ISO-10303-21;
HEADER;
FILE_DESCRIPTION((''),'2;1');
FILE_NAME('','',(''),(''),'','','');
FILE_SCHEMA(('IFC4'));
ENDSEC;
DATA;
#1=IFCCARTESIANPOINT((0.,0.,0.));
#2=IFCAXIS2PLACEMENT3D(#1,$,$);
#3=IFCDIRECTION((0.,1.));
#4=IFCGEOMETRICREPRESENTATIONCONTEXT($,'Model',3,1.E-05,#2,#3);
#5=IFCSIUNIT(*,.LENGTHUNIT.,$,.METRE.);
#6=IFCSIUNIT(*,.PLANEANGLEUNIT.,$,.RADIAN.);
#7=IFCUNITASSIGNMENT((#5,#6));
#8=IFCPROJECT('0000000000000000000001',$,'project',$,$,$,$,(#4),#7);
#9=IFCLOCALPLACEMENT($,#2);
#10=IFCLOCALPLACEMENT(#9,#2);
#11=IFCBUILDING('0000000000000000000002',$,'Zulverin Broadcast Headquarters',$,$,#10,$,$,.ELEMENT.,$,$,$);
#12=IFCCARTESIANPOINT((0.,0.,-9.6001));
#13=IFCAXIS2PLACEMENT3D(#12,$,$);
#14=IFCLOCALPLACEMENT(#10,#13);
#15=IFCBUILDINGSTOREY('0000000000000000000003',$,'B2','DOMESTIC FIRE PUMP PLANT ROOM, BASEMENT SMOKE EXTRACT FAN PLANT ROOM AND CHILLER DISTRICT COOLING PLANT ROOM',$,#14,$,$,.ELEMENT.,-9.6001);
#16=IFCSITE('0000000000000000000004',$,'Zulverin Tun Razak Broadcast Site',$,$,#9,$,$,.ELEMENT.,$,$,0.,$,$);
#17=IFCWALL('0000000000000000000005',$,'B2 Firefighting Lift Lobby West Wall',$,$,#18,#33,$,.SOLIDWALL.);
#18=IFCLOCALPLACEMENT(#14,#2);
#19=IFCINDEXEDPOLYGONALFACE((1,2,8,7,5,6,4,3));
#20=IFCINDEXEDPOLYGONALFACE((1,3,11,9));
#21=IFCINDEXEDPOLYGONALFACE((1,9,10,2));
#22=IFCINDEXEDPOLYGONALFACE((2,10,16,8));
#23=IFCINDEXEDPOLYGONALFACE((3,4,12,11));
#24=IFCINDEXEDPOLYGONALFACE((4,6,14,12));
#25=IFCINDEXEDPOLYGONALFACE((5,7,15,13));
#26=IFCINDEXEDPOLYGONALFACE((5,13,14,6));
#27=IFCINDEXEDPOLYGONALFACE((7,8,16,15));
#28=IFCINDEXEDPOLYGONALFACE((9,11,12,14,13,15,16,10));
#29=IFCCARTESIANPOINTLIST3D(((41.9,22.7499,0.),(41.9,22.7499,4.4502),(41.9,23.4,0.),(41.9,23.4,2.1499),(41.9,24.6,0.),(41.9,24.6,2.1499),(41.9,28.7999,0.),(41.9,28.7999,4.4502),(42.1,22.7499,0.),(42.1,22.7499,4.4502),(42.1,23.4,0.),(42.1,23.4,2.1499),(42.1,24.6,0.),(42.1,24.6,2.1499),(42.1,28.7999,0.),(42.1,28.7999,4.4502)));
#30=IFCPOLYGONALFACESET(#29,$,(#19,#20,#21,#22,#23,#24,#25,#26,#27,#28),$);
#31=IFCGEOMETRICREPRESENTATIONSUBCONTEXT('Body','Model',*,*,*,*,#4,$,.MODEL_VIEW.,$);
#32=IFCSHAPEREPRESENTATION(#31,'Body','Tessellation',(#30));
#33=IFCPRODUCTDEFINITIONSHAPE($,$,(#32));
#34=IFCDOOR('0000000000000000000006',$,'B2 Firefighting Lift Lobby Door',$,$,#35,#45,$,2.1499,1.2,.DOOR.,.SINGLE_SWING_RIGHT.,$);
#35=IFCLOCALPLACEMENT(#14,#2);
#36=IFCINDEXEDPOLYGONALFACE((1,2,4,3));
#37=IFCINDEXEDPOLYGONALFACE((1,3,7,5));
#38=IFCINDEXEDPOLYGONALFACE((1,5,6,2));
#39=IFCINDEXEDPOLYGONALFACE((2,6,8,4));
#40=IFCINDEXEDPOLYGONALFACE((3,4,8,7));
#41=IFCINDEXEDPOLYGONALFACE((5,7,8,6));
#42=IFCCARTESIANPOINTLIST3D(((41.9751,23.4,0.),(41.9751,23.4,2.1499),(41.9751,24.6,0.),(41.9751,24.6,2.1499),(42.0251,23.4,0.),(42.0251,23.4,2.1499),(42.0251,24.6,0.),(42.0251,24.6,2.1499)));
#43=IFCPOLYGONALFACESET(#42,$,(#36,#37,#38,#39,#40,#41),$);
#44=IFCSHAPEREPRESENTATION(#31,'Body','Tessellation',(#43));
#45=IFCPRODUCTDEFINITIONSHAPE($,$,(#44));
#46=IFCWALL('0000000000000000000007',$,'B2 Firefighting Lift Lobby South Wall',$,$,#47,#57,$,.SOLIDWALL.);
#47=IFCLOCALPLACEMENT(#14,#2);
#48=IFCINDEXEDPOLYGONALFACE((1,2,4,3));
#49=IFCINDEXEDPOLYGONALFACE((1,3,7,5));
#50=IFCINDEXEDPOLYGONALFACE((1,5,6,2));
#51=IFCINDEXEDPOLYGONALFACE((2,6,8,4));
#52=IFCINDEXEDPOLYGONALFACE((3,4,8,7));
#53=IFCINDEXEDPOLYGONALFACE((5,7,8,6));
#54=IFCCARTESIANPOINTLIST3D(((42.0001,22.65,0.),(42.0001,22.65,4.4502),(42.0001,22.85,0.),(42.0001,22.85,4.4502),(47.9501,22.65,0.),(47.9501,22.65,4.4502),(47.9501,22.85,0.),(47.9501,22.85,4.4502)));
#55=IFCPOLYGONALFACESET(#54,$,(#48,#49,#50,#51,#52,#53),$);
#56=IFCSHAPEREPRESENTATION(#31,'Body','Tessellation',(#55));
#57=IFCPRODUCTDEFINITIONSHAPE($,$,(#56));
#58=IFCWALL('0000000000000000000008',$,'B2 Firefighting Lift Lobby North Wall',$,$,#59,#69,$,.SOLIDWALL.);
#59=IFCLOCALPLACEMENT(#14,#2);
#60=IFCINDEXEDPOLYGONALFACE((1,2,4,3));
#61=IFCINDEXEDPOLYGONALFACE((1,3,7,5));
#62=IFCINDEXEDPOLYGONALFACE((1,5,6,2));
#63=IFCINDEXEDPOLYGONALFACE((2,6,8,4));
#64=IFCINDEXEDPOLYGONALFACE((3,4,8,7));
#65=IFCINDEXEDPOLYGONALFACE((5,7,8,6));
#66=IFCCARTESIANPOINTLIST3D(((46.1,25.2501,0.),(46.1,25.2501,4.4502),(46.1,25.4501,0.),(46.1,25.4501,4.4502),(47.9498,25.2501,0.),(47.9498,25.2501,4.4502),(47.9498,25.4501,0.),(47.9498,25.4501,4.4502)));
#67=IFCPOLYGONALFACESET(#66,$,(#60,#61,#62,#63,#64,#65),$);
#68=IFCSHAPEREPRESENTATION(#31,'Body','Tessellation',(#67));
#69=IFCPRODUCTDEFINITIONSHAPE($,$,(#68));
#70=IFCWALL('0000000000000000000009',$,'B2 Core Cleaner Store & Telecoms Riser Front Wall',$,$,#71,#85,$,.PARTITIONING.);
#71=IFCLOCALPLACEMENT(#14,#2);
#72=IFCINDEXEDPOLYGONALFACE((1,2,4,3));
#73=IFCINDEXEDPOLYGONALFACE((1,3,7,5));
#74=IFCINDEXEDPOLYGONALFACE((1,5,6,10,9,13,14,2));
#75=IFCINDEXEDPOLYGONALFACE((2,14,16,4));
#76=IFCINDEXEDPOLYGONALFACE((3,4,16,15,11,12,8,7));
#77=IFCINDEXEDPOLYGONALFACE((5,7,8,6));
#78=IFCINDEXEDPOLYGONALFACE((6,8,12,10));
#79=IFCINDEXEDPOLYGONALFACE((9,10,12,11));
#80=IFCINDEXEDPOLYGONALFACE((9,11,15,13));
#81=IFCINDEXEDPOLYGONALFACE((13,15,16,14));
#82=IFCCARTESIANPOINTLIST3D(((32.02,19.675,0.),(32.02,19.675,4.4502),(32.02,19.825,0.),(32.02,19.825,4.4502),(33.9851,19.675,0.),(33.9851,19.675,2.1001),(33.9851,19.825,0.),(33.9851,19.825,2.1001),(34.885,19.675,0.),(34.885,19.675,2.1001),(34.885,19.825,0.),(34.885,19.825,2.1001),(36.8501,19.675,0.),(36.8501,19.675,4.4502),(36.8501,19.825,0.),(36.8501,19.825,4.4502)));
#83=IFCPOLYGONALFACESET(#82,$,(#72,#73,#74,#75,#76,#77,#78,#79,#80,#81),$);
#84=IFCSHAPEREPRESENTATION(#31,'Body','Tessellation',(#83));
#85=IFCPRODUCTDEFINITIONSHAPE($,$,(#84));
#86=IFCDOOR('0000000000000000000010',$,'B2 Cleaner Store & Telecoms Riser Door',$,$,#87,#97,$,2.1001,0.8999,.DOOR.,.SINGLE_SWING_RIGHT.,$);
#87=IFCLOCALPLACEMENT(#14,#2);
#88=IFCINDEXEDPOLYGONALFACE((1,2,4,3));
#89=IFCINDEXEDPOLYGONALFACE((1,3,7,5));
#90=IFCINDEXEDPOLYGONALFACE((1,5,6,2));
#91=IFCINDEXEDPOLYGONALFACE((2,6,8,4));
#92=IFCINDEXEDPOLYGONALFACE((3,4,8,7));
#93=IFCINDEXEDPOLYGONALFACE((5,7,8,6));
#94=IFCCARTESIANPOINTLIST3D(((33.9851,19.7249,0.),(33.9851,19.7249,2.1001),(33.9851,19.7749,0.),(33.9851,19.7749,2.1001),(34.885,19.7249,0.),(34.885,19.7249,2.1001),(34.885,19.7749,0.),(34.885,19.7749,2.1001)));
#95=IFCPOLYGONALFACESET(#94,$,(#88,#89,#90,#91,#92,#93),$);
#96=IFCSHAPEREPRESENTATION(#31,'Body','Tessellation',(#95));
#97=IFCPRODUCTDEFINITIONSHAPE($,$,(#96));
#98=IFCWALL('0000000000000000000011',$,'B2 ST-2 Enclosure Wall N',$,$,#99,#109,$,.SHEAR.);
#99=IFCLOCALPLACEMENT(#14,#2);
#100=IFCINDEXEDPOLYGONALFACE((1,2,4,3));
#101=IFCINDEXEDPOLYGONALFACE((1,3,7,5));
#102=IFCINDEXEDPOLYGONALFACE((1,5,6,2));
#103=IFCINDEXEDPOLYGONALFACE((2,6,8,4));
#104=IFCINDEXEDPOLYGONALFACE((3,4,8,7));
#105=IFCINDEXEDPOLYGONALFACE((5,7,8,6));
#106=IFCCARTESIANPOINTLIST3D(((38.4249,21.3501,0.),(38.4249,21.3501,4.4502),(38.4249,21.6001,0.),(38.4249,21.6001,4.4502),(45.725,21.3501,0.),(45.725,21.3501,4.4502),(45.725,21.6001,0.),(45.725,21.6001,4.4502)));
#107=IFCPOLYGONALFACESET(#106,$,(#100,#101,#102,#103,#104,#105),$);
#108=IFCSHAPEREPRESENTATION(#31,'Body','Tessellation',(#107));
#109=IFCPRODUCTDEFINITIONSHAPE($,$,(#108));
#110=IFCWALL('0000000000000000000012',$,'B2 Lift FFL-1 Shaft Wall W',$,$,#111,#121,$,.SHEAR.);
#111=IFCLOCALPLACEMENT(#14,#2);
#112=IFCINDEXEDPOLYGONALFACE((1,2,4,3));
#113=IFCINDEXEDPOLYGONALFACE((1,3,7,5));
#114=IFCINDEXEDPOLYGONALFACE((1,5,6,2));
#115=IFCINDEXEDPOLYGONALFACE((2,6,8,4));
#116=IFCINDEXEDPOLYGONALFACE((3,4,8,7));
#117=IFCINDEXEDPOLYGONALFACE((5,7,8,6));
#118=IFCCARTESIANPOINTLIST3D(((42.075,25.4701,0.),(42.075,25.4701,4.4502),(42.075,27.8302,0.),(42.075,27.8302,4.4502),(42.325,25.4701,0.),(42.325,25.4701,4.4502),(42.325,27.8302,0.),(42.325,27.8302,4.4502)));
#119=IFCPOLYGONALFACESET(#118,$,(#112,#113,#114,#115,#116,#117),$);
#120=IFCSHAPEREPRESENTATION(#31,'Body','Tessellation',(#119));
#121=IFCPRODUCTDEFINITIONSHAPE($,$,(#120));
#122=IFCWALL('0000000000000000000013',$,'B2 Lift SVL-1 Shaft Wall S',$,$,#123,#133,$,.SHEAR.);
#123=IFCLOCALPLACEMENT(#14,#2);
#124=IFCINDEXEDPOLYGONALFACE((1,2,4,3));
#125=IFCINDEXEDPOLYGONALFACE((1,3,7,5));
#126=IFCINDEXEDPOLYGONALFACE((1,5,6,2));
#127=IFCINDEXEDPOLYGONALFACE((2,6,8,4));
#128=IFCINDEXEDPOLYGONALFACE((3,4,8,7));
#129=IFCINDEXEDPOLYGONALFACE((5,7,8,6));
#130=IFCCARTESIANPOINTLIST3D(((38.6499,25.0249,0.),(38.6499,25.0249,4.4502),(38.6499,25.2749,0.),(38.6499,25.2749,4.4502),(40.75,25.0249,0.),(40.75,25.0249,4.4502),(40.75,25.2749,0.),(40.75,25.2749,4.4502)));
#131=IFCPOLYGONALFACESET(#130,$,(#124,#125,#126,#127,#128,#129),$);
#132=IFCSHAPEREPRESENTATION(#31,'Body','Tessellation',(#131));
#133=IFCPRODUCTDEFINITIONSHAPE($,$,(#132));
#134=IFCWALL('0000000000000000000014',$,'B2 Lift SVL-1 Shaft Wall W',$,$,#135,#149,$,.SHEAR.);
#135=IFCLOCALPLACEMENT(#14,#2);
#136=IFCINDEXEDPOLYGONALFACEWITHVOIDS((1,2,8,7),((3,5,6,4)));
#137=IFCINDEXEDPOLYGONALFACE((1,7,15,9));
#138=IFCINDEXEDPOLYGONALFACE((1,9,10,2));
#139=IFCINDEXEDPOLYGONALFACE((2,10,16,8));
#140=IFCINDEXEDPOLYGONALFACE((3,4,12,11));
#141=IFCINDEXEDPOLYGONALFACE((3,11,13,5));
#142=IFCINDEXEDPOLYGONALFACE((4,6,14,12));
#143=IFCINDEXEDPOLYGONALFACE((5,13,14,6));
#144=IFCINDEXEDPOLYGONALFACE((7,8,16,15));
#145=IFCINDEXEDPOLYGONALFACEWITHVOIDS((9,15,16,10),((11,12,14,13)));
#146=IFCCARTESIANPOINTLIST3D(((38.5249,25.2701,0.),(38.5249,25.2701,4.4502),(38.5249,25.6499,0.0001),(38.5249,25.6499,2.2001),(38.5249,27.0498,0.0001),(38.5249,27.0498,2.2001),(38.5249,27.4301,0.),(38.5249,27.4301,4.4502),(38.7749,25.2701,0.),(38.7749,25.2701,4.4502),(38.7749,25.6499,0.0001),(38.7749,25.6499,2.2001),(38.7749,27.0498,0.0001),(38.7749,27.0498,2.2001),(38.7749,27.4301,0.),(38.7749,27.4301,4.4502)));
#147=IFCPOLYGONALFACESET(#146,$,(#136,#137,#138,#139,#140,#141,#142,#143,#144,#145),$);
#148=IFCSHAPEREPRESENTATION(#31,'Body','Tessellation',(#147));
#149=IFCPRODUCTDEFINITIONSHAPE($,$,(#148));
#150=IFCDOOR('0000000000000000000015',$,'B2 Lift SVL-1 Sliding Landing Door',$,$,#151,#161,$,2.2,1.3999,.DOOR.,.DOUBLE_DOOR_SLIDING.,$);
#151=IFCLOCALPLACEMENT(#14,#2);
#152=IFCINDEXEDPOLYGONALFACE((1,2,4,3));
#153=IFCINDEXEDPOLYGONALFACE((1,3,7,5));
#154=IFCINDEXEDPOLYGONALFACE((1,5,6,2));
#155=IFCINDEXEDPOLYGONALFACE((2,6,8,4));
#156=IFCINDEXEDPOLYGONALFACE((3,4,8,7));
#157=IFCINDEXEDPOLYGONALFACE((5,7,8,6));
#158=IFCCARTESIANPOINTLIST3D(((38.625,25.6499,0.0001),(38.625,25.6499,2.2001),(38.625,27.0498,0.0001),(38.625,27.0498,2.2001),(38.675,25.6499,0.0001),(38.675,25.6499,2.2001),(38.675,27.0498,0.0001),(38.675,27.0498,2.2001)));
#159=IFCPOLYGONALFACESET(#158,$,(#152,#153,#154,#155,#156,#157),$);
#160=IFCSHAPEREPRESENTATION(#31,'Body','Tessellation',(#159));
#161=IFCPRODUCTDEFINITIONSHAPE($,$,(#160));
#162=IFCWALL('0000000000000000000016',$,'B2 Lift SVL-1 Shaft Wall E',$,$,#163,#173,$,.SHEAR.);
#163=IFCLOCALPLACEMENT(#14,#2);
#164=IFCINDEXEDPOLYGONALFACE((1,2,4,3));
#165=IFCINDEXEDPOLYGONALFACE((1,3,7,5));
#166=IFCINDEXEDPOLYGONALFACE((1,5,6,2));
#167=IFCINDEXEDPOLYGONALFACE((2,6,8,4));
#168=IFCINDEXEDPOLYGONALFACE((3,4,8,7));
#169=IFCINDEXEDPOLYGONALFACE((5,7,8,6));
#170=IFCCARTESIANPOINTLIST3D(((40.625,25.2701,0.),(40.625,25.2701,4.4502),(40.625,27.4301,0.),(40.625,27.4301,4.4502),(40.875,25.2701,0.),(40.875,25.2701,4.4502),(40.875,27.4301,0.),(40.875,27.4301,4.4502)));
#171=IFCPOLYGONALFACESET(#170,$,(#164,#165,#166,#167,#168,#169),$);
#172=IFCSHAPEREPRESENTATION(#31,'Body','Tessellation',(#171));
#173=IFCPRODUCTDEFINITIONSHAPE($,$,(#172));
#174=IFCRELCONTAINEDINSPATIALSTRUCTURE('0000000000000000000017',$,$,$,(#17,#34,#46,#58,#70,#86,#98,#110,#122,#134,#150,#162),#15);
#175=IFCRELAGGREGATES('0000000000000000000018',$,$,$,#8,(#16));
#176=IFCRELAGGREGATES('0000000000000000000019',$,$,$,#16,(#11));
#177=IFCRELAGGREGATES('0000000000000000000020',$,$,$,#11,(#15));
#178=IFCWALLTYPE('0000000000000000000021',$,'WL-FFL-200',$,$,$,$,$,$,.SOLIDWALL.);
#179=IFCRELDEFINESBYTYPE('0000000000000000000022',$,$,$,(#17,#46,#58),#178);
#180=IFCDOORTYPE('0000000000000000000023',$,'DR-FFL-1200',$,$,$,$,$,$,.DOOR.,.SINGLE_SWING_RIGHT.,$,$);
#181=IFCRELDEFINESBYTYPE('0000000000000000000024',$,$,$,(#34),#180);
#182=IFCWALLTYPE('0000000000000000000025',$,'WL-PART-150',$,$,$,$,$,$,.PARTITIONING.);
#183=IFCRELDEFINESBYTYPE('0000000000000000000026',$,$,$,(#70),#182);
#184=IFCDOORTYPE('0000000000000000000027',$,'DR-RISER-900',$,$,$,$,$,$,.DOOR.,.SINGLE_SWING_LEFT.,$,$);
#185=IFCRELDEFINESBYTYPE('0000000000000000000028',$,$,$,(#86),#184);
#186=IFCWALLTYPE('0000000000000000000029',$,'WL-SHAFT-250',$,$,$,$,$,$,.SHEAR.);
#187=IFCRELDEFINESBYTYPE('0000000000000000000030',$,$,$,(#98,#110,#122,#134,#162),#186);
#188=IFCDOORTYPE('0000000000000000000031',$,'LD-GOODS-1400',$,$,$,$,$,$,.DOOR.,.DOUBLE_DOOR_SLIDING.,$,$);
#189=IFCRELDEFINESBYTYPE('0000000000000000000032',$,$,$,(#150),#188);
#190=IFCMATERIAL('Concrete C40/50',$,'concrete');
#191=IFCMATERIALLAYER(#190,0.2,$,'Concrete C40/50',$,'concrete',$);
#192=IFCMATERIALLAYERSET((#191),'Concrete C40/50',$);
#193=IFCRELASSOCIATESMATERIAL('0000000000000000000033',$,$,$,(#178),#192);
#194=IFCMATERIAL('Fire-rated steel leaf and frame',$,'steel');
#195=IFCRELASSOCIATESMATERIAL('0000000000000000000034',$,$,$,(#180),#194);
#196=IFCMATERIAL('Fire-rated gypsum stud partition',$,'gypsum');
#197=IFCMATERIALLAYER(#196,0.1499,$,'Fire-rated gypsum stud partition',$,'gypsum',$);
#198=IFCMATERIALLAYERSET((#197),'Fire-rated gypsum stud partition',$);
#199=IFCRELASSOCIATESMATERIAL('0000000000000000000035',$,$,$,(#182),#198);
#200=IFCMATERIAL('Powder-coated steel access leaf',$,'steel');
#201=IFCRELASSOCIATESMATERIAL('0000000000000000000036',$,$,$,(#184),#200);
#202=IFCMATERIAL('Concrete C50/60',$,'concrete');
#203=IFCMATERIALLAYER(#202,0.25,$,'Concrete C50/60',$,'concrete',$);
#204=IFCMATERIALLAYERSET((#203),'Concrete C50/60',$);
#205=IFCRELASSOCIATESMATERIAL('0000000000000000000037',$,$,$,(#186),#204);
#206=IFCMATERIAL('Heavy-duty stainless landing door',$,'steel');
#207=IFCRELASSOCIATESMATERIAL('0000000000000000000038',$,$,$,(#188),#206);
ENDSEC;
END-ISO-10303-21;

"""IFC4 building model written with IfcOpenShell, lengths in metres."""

from ifc_helpers import new_model, si_unit, direction, frame, frame_2d, origin, place, context, subcontext, project, spatial, rectangle, extrude, material, layer, layer_set, type_object, element, fill, save


model = new_model("IFC4")

# Units and contexts
model_context = context("Model", 3, precision=1e-05, world=origin(), true_north=direction((0.0, 1.0)))
body_context = subcontext(model_context, "Body", "Model", "MODEL_VIEW")
ifc_project = project(units=[si_unit("LENGTHUNIT", "METRE"), si_unit("PLANEANGLEUNIT", "RADIAN")], contexts=[model_context])

# Site, building, storey
site_placement = place(None, origin())
site = spatial("IfcSite", under=ifc_project, at=site_placement, Name="Zulverin Tun Razak Broadcast Site", CompositionType="ELEMENT", RefElevation=0.0)
building_placement = place(site_placement, origin())
building = spatial("IfcBuilding", under=site, at=building_placement, Name="Zulverin Broadcast Headquarters", CompositionType="ELEMENT")
storey_placement = place(building_placement, frame((0.0, 0.0, -9.6001)))
storey = spatial("IfcBuildingStorey", under=building, at=storey_placement, Name="B2", Description="DOMESTIC FIRE PUMP PLANT ROOM, BASEMENT SMOKE EXTRACT FAN PLANT ROOM AND CHILLER DISTRICT COOLING PLANT ROOM", CompositionType="ELEMENT", Elevation=-9.6001)

# Shared definitions
ifc_material_1 = material(Name="Concrete C50/60", Category="concrete")

# Wall, opening, door
ifc_material_2 = material(Name="Concrete C40/50", Category="concrete")
ifc_layer_1 = layer(ifc_material_2, 0.2, Name="Concrete C40/50", Category="concrete")
ifc_layer_set_1 = layer_set([ifc_layer_1], Name="Concrete C40/50")
wall_type_1 = type_object("IfcWallType", Name="WL-FFL-200", PredefinedType="SOLIDWALL", material=ifc_layer_set_1)
wall_1_placement = place(storey_placement, frame((42.0, 22.75, 0.0), z_axis=(0.0, 0.0, 1.0), x_axis=(0.0, 1.0, 0.0)))
wall_1 = element("IfcWall", 1, at=wall_1_placement, inside=storey, type_object=wall_type_1, Name="B2 Firefighting Lift Lobby West Wall", PredefinedType="SOLIDWALL", context=body_context, shape_type="SweptSolid", body=[
    extrude(rectangle(XDim=6.05, YDim=0.2, at=frame_2d((3.0249, 0.0))), origin(), (0.0, 0.0, 1.0), 4.4502),
])
opening_1_placement = place(wall_1_placement, frame((0.6499, 0.0, 0.0)))
opening_1 = element("IfcOpeningElement", 2, at=opening_1_placement, cuts=wall_1, PredefinedType="OPENING", context=body_context, shape_type="SweptSolid", body=[
    extrude(rectangle(XDim=1.2, YDim=2.1499, at=frame_2d((0.6001, 1.075))), frame((0.0, 0.1099, 0.0), z_axis=(0.0, -1.0, 0.0), x_axis=(1.0, 0.0, 0.0)), (0.0, 0.0, 1.0), 0.22),
])
ifc_material_3 = material(Name="Fire-rated steel leaf and frame", Category="steel")
door_type_1 = type_object("IfcDoorType", Name="DR-FFL-1200", OperationType="SINGLE_SWING_RIGHT", PredefinedType="DOOR", material=ifc_material_3)
door_1_placement = place(opening_1_placement, origin())
door_1 = element("IfcDoor", 3, at=door_1_placement, inside=storey, type_object=door_type_1, Name="B2 Firefighting Lift Lobby Door", OperationType="SINGLE_SWING_RIGHT", OverallHeight=2.1499, OverallWidth=1.2, PredefinedType="DOOR", context=body_context, shape_type="SweptSolid", body=[
    extrude(rectangle(XDim=1.2, YDim=2.1499, at=frame_2d((0.6001, 1.075))), frame((0.0, 0.0249, 0.0), z_axis=(0.0, -1.0, 0.0), x_axis=(1.0, 0.0, 0.0)), (0.0, 0.0, 1.0), 0.05),
])
fill(opening_1, door_1)

# Walls
wall_2_placement = place(storey_placement, frame((42.0, 22.75, 0.0), z_axis=(0.0, 0.0, 1.0), x_axis=(1.0, 0.0, 0.0)))
element("IfcWall", 4, at=wall_2_placement, inside=storey, type_object=wall_type_1, Name="B2 Firefighting Lift Lobby South Wall", PredefinedType="SOLIDWALL", context=body_context, shape_type="SweptSolid", body=[
    extrude(rectangle(XDim=5.95, YDim=0.2, at=frame_2d((2.9751, 0.0))), origin(), (0.0, 0.0, 1.0), 4.4502),
])
wall_3_placement = place(storey_placement, frame((46.1001, 25.3501, 0.0), z_axis=(0.0, 0.0, 1.0), x_axis=(1.0, 0.0, 0.0)))
element("IfcWall", 5, at=wall_3_placement, inside=storey, type_object=wall_type_1, Name="B2 Firefighting Lift Lobby North Wall", PredefinedType="SOLIDWALL", context=body_context, shape_type="SweptSolid", body=[
    extrude(rectangle(XDim=1.8499, YDim=0.2, at=frame_2d((0.9248, 0.0))), origin(), (0.0, 0.0, 1.0), 4.4502),
])

# Wall, opening, door
ifc_material_4 = material(Name="Fire-rated gypsum stud partition", Category="gypsum")
ifc_layer_2 = layer(ifc_material_4, 0.1499, Name="Fire-rated gypsum stud partition", Category="gypsum")
ifc_layer_set_2 = layer_set([ifc_layer_2], Name="Fire-rated gypsum stud partition")
wall_type_2 = type_object("IfcWallType", Name="WL-PART-150", PredefinedType="PARTITIONING", material=ifc_layer_set_2)
wall_4_placement = place(storey_placement, frame((32.02, 19.75, 0.0), z_axis=(0.0, 0.0, 1.0), x_axis=(1.0, 0.0, 0.0)))
wall_4 = element("IfcWall", 6, at=wall_4_placement, inside=storey, type_object=wall_type_2, Name="B2 Core Cleaner Store & Telecoms Riser Front Wall", PredefinedType="PARTITIONING", context=body_context, shape_type="SweptSolid", body=[
    extrude(rectangle(XDim=4.8301, YDim=0.1499, at=frame_2d((2.415, 0.0))), origin(), (0.0, 0.0, 1.0), 4.4502),
])
opening_2_placement = place(wall_4_placement, frame((1.9651, 0.0, 0.0)))
opening_2 = element("IfcOpeningElement", 7, at=opening_2_placement, cuts=wall_4, PredefinedType="OPENING", context=body_context, shape_type="SweptSolid", body=[
    extrude(rectangle(XDim=0.8999, YDim=2.1001, at=frame_2d((0.45, 1.05))), frame((0.0, 0.085, 0.0), z_axis=(0.0, -1.0, 0.0), x_axis=(1.0, 0.0, 0.0)), (0.0, 0.0, 1.0), 0.1699),
])
ifc_material_5 = material(Name="Powder-coated steel access leaf", Category="steel")
door_type_2 = type_object("IfcDoorType", Name="DR-RISER-900", OperationType="SINGLE_SWING_LEFT", PredefinedType="DOOR", material=ifc_material_5)
door_2_placement = place(opening_2_placement, origin())
door_2 = element("IfcDoor", 8, at=door_2_placement, inside=storey, type_object=door_type_2, Name="B2 Cleaner Store & Telecoms Riser Door", OperationType="SINGLE_SWING_RIGHT", OverallHeight=2.1001, OverallWidth=0.8999, PredefinedType="DOOR", context=body_context, shape_type="SweptSolid", body=[
    extrude(rectangle(XDim=0.8999, YDim=2.1001, at=frame_2d((0.45, 1.05))), frame((0.0, 0.0249, 0.0), z_axis=(0.0, -1.0, 0.0), x_axis=(1.0, 0.0, 0.0)), (0.0, 0.0, 1.0), 0.05),
])
fill(opening_2, door_2)

# Wall
ifc_layer_3 = layer(ifc_material_1, 0.25, Name="Concrete C50/60", Category="concrete")
ifc_layer_set_3 = layer_set([ifc_layer_3], Name="Concrete C50/60")
wall_type_3 = type_object("IfcWallType", Name="WL-SHAFT-250", PredefinedType="SHEAR", material=ifc_layer_set_3)
wall_5_placement = place(storey_placement, frame((38.425, 21.4751, 0.0), z_axis=(0.0, 0.0, 1.0), x_axis=(1.0, 0.0, 0.0)))
element("IfcWall", 9, at=wall_5_placement, inside=storey, type_object=wall_type_3, Name="B2 ST-2 Enclosure Wall N", PredefinedType="SHEAR", context=body_context, shape_type="SweptSolid", body=[
    extrude(rectangle(XDim=7.3, YDim=0.25, at=frame_2d((3.6499, 0.0))), origin(), (0.0, 0.0, 1.0), 4.4502),
])

# Wall
wall_6_placement = place(storey_placement, frame((42.2, 25.47, 0.0), z_axis=(0.0, 0.0, 1.0), x_axis=(0.0, 1.0, 0.0)))
element("IfcWall", 10, at=wall_6_placement, inside=storey, type_object=wall_type_3, Name="B2 Lift FFL-1 Shaft Wall W", PredefinedType="SHEAR", context=body_context, shape_type="SweptSolid", body=[
    extrude(rectangle(XDim=2.3601, YDim=0.25, at=frame_2d((1.1802, 0.0))), origin(), (0.0, 0.0, 1.0), 4.4502),
])

# Wall
wall_7_placement = place(storey_placement, frame((38.6499, 25.1499, 0.0), z_axis=(0.0, 0.0, 1.0), x_axis=(1.0, 0.0, 0.0)))
element("IfcWall", 11, at=wall_7_placement, inside=storey, type_object=wall_type_3, Name="B2 Lift SVL-1 Shaft Wall S", PredefinedType="SHEAR", context=body_context, shape_type="SweptSolid", body=[
    extrude(rectangle(XDim=2.1001, YDim=0.25, at=frame_2d((1.05, 0.0))), origin(), (0.0, 0.0, 1.0), 4.4502),
])

# Wall, opening, door
wall_8_placement = place(storey_placement, frame((38.6499, 25.27, 0.0), z_axis=(0.0, 0.0, 1.0), x_axis=(0.0, 1.0, 0.0)))
wall_8 = element("IfcWall", 12, at=wall_8_placement, inside=storey, type_object=wall_type_3, Name="B2 Lift SVL-1 Shaft Wall W", PredefinedType="SHEAR", context=body_context, shape_type="SweptSolid", body=[
    extrude(rectangle(XDim=2.1599, YDim=0.25, at=frame_2d((1.0801, 0.0))), origin(), (0.0, 0.0, 1.0), 4.4502),
])
opening_3_placement = place(wall_8_placement, frame((0.3799, 0.0, 0.0)))
opening_3 = element("IfcOpeningElement", 13, at=opening_3_placement, cuts=wall_8, PredefinedType="OPENING", context=body_context, shape_type="SweptSolid", body=[
    extrude(rectangle(XDim=1.3999, YDim=2.2, at=frame_2d((0.7, 1.1001))), frame((0.0, 0.135, 0.0), z_axis=(0.0, -1.0, 0.0), x_axis=(1.0, 0.0, 0.0)), (0.0, 0.0, 1.0), 0.27),
])
ifc_material_6 = material(Name="Heavy-duty stainless landing door", Category="steel")
door_type_3 = type_object("IfcDoorType", Name="LD-GOODS-1400", OperationType="DOUBLE_DOOR_SLIDING", PredefinedType="DOOR", material=ifc_material_6)
door_3_placement = place(opening_3_placement, origin())
door_3 = element("IfcDoor", 14, at=door_3_placement, inside=storey, type_object=door_type_3, Name="B2 Lift SVL-1 Sliding Landing Door", OperationType="DOUBLE_DOOR_SLIDING", OverallHeight=2.2, OverallWidth=1.3999, PredefinedType="DOOR", context=body_context, shape_type="SweptSolid", body=[
    extrude(rectangle(XDim=1.3999, YDim=2.2, at=frame_2d((0.7, 1.1001))), frame((0.0, 0.0249, 0.0), z_axis=(0.0, -1.0, 0.0), x_axis=(1.0, 0.0, 0.0)), (0.0, 0.0, 1.0), 0.05),
])
fill(opening_3, door_3)

# Wall
wall_9_placement = place(storey_placement, frame((40.75, 25.27, 0.0), z_axis=(0.0, 0.0, 1.0), x_axis=(0.0, 1.0, 0.0)))
element("IfcWall", 15, at=wall_9_placement, inside=storey, type_object=wall_type_3, Name="B2 Lift SVL-1 Shaft Wall E", PredefinedType="SHEAR", context=body_context, shape_type="SweptSolid", body=[
    extrude(rectangle(XDim=2.1599, YDim=0.25, at=frame_2d((1.0801, 0.0))), origin(), (0.0, 0.0, 1.0), 4.4502),
])

save(model, "model.ifc")
